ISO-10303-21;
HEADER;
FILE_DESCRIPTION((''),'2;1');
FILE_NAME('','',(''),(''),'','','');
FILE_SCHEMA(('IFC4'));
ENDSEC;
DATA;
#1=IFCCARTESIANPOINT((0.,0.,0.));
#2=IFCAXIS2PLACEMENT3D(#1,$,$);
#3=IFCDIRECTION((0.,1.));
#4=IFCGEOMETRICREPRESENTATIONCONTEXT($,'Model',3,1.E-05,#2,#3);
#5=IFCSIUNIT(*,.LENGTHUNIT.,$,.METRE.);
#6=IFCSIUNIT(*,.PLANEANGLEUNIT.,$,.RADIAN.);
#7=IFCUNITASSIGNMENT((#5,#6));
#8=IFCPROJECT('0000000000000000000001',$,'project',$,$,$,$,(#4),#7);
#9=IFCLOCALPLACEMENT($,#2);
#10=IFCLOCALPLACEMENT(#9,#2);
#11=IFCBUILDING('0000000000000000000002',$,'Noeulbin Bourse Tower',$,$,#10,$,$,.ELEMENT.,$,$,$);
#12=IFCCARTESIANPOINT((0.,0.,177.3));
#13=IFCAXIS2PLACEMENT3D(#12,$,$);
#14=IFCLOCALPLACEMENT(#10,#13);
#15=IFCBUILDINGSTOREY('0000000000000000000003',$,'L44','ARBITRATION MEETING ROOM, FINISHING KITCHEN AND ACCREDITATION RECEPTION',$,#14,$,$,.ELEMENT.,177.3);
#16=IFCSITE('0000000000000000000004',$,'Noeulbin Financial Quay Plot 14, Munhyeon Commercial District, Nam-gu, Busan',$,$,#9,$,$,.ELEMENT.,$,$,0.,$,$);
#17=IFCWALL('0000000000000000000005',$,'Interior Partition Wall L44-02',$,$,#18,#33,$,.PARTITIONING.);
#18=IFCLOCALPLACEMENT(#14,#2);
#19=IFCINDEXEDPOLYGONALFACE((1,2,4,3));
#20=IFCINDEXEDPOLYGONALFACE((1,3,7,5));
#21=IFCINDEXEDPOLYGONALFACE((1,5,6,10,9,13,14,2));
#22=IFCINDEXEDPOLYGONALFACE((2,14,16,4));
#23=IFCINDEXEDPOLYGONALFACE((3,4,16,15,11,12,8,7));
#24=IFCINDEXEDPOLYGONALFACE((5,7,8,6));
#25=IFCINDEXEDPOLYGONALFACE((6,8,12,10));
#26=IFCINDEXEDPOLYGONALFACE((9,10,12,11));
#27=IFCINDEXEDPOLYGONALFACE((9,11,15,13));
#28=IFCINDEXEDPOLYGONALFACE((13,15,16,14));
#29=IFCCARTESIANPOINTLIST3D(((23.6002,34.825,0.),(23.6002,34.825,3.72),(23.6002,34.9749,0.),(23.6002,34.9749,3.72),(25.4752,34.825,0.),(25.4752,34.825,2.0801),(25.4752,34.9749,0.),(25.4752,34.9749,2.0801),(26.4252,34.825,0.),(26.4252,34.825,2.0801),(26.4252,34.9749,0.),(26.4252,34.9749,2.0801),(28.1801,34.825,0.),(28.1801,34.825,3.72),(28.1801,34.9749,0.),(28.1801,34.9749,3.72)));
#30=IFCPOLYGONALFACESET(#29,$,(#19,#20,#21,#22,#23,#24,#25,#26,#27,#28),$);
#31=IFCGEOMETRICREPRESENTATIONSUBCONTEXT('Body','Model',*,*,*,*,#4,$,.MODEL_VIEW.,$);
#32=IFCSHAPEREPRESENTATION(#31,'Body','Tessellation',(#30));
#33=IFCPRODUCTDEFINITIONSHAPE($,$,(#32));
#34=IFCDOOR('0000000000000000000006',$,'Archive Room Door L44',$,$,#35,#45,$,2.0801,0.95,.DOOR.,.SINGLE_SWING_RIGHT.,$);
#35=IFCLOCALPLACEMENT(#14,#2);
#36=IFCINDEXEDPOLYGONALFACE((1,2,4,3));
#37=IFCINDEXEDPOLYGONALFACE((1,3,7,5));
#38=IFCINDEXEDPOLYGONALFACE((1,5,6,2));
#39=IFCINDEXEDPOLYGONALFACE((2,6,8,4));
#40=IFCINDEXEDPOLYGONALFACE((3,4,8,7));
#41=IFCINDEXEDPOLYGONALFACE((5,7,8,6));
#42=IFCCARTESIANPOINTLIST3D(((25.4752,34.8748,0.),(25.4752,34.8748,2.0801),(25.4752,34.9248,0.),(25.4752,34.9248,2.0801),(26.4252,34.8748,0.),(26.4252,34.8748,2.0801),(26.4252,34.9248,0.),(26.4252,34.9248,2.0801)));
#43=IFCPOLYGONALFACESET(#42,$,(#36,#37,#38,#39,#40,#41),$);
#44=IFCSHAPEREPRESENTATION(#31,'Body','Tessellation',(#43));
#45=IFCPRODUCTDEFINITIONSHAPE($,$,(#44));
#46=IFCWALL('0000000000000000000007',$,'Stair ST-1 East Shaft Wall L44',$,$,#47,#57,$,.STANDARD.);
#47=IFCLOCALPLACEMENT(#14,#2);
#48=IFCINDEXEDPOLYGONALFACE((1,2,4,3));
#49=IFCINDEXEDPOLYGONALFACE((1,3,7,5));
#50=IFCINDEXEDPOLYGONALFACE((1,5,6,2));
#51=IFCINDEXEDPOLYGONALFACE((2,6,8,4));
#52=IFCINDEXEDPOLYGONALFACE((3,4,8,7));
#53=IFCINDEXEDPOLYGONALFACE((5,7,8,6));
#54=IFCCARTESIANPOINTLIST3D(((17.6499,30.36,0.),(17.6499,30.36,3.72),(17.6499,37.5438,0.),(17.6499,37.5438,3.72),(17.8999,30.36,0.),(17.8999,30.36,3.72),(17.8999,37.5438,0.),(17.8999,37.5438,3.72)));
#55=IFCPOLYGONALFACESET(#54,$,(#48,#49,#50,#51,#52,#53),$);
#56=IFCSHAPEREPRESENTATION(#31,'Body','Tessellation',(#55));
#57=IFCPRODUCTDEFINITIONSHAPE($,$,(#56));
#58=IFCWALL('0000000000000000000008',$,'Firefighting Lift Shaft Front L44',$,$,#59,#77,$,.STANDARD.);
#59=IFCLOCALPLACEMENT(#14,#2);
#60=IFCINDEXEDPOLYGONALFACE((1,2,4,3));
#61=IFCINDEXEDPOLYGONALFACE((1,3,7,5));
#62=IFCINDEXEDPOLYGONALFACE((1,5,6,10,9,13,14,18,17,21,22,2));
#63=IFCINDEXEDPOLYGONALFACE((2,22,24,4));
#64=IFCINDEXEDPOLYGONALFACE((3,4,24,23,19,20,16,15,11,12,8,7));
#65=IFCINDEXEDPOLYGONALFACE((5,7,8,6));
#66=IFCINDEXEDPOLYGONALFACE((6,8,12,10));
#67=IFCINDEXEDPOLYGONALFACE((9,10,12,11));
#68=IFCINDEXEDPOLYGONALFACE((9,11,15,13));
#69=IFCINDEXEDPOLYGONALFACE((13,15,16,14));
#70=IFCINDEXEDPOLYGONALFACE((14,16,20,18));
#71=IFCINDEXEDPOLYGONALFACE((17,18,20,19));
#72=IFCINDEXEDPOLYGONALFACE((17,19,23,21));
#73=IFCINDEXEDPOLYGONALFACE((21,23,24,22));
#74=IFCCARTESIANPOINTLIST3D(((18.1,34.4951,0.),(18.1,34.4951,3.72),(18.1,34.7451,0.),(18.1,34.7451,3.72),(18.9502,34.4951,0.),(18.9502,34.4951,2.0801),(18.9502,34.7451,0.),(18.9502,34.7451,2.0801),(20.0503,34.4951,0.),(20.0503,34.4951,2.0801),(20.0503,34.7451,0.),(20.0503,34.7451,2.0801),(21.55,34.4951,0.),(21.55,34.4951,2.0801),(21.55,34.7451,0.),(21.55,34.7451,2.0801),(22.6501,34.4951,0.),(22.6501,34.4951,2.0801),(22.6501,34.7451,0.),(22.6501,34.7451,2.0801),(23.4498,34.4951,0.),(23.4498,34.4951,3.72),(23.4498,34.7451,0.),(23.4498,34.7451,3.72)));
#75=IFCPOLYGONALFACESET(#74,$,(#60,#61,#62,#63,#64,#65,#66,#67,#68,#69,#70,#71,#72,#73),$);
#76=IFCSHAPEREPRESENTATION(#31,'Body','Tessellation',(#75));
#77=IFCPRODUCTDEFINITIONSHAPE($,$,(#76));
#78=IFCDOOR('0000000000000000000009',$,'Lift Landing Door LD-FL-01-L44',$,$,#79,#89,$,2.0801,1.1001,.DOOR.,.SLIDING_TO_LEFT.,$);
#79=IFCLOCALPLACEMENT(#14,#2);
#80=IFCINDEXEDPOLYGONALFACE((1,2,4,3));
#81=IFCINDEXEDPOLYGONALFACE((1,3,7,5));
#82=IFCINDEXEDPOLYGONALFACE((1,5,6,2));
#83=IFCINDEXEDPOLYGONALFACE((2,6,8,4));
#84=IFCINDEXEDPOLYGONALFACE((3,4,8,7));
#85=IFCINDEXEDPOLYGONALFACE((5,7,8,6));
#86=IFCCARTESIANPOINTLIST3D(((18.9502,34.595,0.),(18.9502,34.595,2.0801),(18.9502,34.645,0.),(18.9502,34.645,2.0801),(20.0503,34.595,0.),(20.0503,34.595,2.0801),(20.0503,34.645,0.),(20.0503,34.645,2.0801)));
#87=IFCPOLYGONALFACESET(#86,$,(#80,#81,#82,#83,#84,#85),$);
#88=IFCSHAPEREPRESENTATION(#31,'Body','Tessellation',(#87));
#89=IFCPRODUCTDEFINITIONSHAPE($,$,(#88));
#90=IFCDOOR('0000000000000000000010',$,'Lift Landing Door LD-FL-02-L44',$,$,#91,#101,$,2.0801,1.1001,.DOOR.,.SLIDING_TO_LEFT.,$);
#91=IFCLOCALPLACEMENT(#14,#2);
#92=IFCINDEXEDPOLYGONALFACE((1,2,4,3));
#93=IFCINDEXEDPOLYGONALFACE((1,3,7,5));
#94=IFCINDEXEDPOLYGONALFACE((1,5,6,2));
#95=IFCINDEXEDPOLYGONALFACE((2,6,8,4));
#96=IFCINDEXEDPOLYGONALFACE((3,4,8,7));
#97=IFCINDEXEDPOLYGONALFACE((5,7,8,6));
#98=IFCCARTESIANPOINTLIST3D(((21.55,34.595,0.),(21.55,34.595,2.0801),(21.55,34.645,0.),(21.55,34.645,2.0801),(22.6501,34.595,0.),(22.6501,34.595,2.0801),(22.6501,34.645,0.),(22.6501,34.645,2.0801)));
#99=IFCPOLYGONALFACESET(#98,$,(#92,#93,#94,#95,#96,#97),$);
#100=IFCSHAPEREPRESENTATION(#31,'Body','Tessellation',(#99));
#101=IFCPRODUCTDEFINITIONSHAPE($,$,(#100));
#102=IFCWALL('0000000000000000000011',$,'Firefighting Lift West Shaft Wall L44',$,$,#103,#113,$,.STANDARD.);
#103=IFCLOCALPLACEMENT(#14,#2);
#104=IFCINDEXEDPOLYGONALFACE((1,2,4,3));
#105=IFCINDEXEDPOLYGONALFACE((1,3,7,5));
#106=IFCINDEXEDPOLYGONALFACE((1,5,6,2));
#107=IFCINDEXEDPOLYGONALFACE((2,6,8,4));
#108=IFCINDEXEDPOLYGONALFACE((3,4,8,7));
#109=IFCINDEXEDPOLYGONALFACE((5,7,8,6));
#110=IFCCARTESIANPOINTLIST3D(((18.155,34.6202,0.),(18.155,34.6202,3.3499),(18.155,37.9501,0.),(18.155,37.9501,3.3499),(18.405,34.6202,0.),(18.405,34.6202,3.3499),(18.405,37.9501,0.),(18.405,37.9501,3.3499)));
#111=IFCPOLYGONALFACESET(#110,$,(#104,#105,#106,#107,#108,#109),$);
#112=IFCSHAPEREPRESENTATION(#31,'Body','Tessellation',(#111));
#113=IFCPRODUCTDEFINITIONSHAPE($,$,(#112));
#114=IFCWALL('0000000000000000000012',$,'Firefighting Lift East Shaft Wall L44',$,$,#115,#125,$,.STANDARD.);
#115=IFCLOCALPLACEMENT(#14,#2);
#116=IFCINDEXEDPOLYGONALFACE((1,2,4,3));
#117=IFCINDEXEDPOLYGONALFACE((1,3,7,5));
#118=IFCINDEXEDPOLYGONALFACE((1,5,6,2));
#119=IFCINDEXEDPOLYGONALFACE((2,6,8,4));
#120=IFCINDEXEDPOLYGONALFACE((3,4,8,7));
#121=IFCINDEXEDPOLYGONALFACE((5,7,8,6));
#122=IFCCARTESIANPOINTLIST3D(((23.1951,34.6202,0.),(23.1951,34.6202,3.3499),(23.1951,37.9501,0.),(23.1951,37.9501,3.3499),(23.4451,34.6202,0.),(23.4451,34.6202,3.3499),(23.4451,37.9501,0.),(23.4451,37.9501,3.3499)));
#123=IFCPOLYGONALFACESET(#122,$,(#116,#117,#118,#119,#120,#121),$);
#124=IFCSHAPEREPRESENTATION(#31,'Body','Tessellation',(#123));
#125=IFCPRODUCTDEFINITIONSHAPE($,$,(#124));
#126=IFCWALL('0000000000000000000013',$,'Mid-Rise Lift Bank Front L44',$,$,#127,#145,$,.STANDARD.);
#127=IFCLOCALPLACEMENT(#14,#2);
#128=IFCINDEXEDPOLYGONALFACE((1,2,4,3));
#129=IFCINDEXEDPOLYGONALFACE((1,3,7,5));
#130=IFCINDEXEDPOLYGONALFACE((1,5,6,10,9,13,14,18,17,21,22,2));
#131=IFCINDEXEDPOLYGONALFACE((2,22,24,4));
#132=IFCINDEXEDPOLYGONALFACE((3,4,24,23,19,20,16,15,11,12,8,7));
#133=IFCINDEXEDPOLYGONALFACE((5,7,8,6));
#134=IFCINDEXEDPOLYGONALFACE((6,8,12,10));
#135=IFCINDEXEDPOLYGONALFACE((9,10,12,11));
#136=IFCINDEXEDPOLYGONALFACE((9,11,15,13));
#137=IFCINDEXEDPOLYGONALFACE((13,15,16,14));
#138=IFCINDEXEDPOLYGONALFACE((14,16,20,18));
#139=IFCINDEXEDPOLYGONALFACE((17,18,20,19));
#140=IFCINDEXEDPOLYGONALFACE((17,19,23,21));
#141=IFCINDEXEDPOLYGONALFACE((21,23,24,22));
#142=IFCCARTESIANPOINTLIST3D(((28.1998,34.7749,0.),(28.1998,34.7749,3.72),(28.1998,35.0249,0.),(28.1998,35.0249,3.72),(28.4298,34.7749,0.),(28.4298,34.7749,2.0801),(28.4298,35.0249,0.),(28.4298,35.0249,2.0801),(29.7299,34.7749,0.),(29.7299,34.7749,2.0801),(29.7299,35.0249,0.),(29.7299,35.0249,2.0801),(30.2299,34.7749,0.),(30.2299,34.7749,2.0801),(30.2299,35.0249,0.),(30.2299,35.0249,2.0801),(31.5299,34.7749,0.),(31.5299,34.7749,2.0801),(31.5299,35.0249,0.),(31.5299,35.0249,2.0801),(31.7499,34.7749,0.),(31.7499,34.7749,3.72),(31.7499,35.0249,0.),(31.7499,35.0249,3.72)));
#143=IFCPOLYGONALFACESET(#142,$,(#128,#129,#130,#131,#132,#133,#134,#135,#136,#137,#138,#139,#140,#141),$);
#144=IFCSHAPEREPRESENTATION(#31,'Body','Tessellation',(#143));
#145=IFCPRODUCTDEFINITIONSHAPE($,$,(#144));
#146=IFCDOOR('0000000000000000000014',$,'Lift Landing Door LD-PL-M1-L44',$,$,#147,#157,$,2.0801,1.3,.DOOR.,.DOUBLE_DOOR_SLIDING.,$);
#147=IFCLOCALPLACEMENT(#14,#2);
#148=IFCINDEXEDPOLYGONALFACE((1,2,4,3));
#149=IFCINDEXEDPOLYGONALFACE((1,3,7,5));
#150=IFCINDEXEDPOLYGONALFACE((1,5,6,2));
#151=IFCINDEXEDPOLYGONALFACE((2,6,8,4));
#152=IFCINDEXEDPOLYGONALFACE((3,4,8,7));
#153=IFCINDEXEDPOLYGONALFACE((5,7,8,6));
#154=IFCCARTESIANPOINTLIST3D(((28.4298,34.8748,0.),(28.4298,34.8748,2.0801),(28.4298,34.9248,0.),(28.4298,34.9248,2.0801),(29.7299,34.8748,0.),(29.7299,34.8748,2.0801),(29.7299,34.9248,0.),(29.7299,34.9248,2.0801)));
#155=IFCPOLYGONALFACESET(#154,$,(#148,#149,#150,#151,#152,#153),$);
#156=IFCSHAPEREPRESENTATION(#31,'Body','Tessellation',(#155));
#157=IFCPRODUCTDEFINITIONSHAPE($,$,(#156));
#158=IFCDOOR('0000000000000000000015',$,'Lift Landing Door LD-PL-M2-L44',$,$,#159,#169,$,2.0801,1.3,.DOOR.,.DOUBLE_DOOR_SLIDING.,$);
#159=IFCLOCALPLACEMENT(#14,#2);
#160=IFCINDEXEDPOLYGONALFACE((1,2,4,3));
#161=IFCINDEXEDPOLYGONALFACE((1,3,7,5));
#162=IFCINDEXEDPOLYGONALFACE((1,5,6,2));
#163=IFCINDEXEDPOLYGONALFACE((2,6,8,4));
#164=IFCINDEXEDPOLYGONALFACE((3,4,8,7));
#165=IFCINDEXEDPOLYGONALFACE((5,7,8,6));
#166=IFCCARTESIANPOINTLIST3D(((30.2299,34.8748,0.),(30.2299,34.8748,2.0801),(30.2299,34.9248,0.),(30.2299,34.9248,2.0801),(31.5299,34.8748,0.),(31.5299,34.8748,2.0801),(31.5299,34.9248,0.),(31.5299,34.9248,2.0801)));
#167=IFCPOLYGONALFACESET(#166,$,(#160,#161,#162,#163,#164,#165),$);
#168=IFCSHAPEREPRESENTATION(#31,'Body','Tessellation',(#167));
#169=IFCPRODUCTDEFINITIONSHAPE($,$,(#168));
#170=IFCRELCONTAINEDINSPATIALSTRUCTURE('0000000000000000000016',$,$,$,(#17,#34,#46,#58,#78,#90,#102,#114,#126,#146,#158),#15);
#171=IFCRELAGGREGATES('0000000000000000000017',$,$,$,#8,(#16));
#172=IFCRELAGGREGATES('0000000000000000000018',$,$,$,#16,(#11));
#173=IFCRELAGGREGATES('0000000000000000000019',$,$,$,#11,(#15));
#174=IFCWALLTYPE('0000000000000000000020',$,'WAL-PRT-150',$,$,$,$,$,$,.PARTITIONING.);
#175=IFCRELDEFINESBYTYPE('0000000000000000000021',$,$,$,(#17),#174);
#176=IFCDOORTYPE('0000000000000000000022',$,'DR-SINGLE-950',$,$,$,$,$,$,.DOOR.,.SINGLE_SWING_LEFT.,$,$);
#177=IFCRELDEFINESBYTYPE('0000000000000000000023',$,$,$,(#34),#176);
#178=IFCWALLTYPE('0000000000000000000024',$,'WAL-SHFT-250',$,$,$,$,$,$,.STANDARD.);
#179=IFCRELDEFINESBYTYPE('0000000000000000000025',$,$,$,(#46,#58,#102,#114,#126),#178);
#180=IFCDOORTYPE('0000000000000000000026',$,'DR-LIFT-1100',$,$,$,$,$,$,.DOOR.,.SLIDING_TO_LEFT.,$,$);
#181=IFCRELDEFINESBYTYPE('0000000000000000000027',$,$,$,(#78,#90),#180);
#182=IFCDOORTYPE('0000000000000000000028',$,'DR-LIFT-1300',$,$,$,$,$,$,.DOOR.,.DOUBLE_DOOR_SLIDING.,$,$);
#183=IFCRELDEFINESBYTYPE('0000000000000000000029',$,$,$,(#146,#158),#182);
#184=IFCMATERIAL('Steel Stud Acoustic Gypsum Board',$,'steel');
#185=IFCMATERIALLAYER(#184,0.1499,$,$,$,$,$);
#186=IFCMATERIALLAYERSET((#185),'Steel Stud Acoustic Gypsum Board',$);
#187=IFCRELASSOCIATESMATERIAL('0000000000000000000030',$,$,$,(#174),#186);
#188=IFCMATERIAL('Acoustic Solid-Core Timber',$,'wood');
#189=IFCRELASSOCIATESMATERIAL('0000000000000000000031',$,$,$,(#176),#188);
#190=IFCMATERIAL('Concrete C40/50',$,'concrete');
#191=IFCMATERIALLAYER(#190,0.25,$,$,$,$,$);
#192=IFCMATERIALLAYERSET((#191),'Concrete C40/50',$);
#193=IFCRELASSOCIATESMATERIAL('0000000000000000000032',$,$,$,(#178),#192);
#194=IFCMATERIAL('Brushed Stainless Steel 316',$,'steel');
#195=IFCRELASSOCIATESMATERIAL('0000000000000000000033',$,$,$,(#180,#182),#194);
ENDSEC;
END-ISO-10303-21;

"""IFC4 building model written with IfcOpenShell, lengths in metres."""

from ifc_helpers import new_model, si_unit, direction, frame, frame_2d, origin, place, context, subcontext, project, spatial, rectangle, extrude, material, layer, layer_set, type_object, element, fill, save


model = new_model("IFC4")

# Units and contexts
model_context = context("Model", 3, precision=1e-05, world=origin(), true_north=direction((0.0, 1.0)))
body_context = subcontext(model_context, "Body", "Model", "MODEL_VIEW")
ifc_project = project(units=[si_unit("LENGTHUNIT", "METRE"), si_unit("PLANEANGLEUNIT", "RADIAN")], contexts=[model_context])

# Site, building, storey
site_placement = place(None, origin())
site = spatial("IfcSite", under=ifc_project, at=site_placement, Name="Noeulbin Financial Quay Plot 14, Munhyeon Commercial District, Nam-gu, Busan", CompositionType="ELEMENT", RefElevation=0.0)
building_placement = place(site_placement, origin())
building = spatial("IfcBuilding", under=site, at=building_placement, Name="Noeulbin Bourse Tower", CompositionType="ELEMENT")
storey_placement = place(building_placement, frame((0.0, 0.0, 177.3)))
storey = spatial("IfcBuildingStorey", under=building, at=storey_placement, Name="L44", Description="ARBITRATION MEETING ROOM, FINISHING KITCHEN AND ACCREDITATION RECEPTION", CompositionType="ELEMENT", Elevation=177.3)

# Shared definitions
ifc_material_1 = material(Name="Concrete C40/50", Category="concrete")

# Wall, opening, door
ifc_material_2 = material(Name="Steel Stud Acoustic Gypsum Board", Category="steel")
ifc_layer_1 = layer(ifc_material_2, 0.1499)
ifc_layer_set_1 = layer_set([ifc_layer_1], Name="Steel Stud Acoustic Gypsum Board")
wall_type_1 = type_object("IfcWallType", Name="WAL-PRT-150", PredefinedType="PARTITIONING", material=ifc_layer_set_1)
wall_1_placement = place(storey_placement, frame((23.6001, 34.8999, 0.0), z_axis=(0.0, 0.0, 1.0), x_axis=(1.0, 0.0, 0.0)))
wall_1 = element("IfcWall", 1, at=wall_1_placement, inside=storey, type_object=wall_type_1, Name="Interior Partition Wall L44-02", PredefinedType="PARTITIONING", context=body_context, shape_type="SweptSolid", body=[
    extrude(rectangle(XDim=4.5798, YDim=0.1499, at=frame_2d((2.29, 0.0))), origin(), (0.0, 0.0, 1.0), 3.72),
])
opening_1_placement = place(wall_1_placement, frame((1.875, 0.0, 0.0)))
opening_1 = element("IfcOpeningElement", 2, at=opening_1_placement, cuts=wall_1, PredefinedType="OPENING", context=body_context, shape_type="SweptSolid", body=[
    extrude(rectangle(XDim=0.95, YDim=2.0801, at=frame_2d((0.4751, 1.04))), frame((0.0, 0.085, 0.0), z_axis=(0.0, -1.0, 0.0), x_axis=(1.0, 0.0, 0.0)), (0.0, 0.0, 1.0), 0.1699),
])
ifc_material_3 = material(Name="Acoustic Solid-Core Timber", Category="wood")
door_type_1 = type_object("IfcDoorType", Name="DR-SINGLE-950", OperationType="SINGLE_SWING_LEFT", PredefinedType="DOOR", material=ifc_material_3)
door_1_placement = place(opening_1_placement, origin())
door_1 = element("IfcDoor", 3, at=door_1_placement, inside=storey, type_object=door_type_1, Name="Archive Room Door L44", OperationType="SINGLE_SWING_RIGHT", OverallHeight=2.0801, OverallWidth=0.95, PredefinedType="DOOR", context=body_context, shape_type="SweptSolid", body=[
    extrude(rectangle(XDim=0.95, YDim=2.0801, at=frame_2d((0.4751, 1.04))), frame((0.0, 0.0249, 0.0), z_axis=(0.0, -1.0, 0.0), x_axis=(1.0, 0.0, 0.0)), (0.0, 0.0, 1.0), 0.05),
])
fill(opening_1, door_1)

# Wall
ifc_layer_2 = layer(ifc_material_1, 0.25)
ifc_layer_set_2 = layer_set([ifc_layer_2], Name="Concrete C40/50")
wall_type_2 = type_object("IfcWallType", Name="WAL-SHFT-250", PredefinedType="STANDARD", material=ifc_layer_set_2)
wall_2_placement = place(storey_placement, frame((17.7749, 30.3601, 0.0), z_axis=(0.0, 0.0, 1.0), x_axis=(0.0, 1.0, 0.0)))
element("IfcWall", 4, at=wall_2_placement, inside=storey, type_object=wall_type_2, Name="Stair ST-1 East Shaft Wall L44", PredefinedType="STANDARD", context=body_context, shape_type="SweptSolid", body=[
    extrude(rectangle(XDim=7.1838, YDim=0.25, at=frame_2d((3.5918, 0.0))), origin(), (0.0, 0.0, 1.0), 3.72),
])

# Wall, openings, doors
wall_3_placement = place(storey_placement, frame((18.1001, 34.6201, 0.0), z_axis=(0.0, 0.0, 1.0), x_axis=(1.0, 0.0, 0.0)))
wall_3 = element("IfcWall", 5, at=wall_3_placement, inside=storey, type_object=wall_type_2, Name="Firefighting Lift Shaft Front L44", PredefinedType="STANDARD", context=body_context, shape_type="SweptSolid", body=[
    extrude(rectangle(XDim=5.3499, YDim=0.25, at=frame_2d((2.6748, 0.0))), origin(), (0.0, 0.0, 1.0), 3.72),
])
opening_2_placement = place(wall_3_placement, frame((0.8501, 0.0, 0.0)))
opening_2 = element("IfcOpeningElement", 6, at=opening_2_placement, cuts=wall_3, PredefinedType="OPENING", context=body_context, shape_type="SweptSolid", body=[
    extrude(rectangle(XDim=1.1001, YDim=2.0801, at=frame_2d((0.55, 1.04))), frame((0.0, 0.135, 0.0), z_axis=(0.0, -1.0, 0.0), x_axis=(1.0, 0.0, 0.0)), (0.0, 0.0, 1.0), 0.27),
])
opening_3_placement = place(wall_3_placement, frame((3.45, 0.0, 0.0)))
opening_3 = element("IfcOpeningElement", 7, at=opening_3_placement, cuts=wall_3, PredefinedType="OPENING", context=body_context, shape_type="SweptSolid", body=[
    extrude(rectangle(XDim=1.1001, YDim=2.0801, at=frame_2d((0.55, 1.04))), frame((0.0, 0.135, 0.0), z_axis=(0.0, -1.0, 0.0), x_axis=(1.0, 0.0, 0.0)), (0.0, 0.0, 1.0), 0.27),
])
ifc_material_4 = material(Name="Brushed Stainless Steel 316", Category="steel")
door_type_2 = type_object("IfcDoorType", Name="DR-LIFT-1100", OperationType="SLIDING_TO_LEFT", PredefinedType="DOOR", material=ifc_material_4)
door_2_placement = place(opening_2_placement, origin())
door_2 = element("IfcDoor", 8, at=door_2_placement, inside=storey, type_object=door_type_2, Name="Lift Landing Door LD-FL-01-L44", OperationType="SLIDING_TO_LEFT", OverallHeight=2.0801, OverallWidth=1.1001, PredefinedType="DOOR", context=body_context, shape_type="SweptSolid", body=[
    extrude(rectangle(XDim=1.1001, YDim=2.0801, at=frame_2d((0.55, 1.04))), frame((0.0, 0.0249, 0.0), z_axis=(0.0, -1.0, 0.0), x_axis=(1.0, 0.0, 0.0)), (0.0, 0.0, 1.0), 0.05),
])
fill(opening_2, door_2)
door_3_placement = place(opening_3_placement, origin())
door_3 = element("IfcDoor", 9, at=door_3_placement, inside=storey, type_object=door_type_2, Name="Lift Landing Door LD-FL-02-L44", OperationType="SLIDING_TO_LEFT", OverallHeight=2.0801, OverallWidth=1.1001, PredefinedType="DOOR", context=body_context, shape_type="SweptSolid", body=[
    extrude(rectangle(XDim=1.1001, YDim=2.0801, at=frame_2d((0.55, 1.04))), frame((0.0, 0.0249, 0.0), z_axis=(0.0, -1.0, 0.0), x_axis=(1.0, 0.0, 0.0)), (0.0, 0.0, 1.0), 0.05),
])
fill(opening_3, door_3)

# Walls
for number, where, z_axis, x_axis, name in (
    (10, (18.28, 34.6201, 0.0), (0.0, 0.0, 1.0), (0.0, 1.0, 0.0), "Firefighting Lift West Shaft Wall L44"),
    (11, (23.3201, 34.6201, 0.0), (0.0, 0.0, 1.0), (0.0, 1.0, 0.0), "Firefighting Lift East Shaft Wall L44"),
):
    element("IfcWall", number, at=place(storey_placement, frame(where, z_axis=z_axis, x_axis=x_axis)), inside=storey, type_object=wall_type_2, Name=name, PredefinedType="STANDARD", context=body_context, shape_type="SweptSolid", body=[
        extrude(rectangle(XDim=3.3298, YDim=0.25, at=frame_2d((1.665, 0.0))), origin(), (0.0, 0.0, 1.0), 3.3499),
    ])

# Wall, openings, doors
wall_4_placement = place(storey_placement, frame((28.2, 34.8999, 0.0), z_axis=(0.0, 0.0, 1.0), x_axis=(1.0, 0.0, 0.0)))
wall_4 = element("IfcWall", 12, at=wall_4_placement, inside=storey, type_object=wall_type_2, Name="Mid-Rise Lift Bank Front L44", PredefinedType="STANDARD", context=body_context, shape_type="SweptSolid", body=[
    extrude(rectangle(XDim=3.55, YDim=0.25, at=frame_2d((1.7749, 0.0))), origin(), (0.0, 0.0, 1.0), 3.72),
])
opening_4_placement = place(wall_4_placement, frame((0.23, 0.0, 0.0)))
opening_4 = element("IfcOpeningElement", 13, at=opening_4_placement, cuts=wall_4, PredefinedType="OPENING", context=body_context, shape_type="SweptSolid", body=[
    extrude(rectangle(XDim=1.3, YDim=2.0801, at=frame_2d((0.6499, 1.04))), frame((0.0, 0.135, 0.0), z_axis=(0.0, -1.0, 0.0), x_axis=(1.0, 0.0, 0.0)), (0.0, 0.0, 1.0), 0.27),
])
opening_5_placement = place(wall_4_placement, frame((2.03, 0.0, 0.0)))
opening_5 = element("IfcOpeningElement", 14, at=opening_5_placement, cuts=wall_4, PredefinedType="OPENING", context=body_context, shape_type="SweptSolid", body=[
    extrude(rectangle(XDim=1.3, YDim=2.0801, at=frame_2d((0.6499, 1.04))), frame((0.0, 0.135, 0.0), z_axis=(0.0, -1.0, 0.0), x_axis=(1.0, 0.0, 0.0)), (0.0, 0.0, 1.0), 0.27),
])
door_type_3 = type_object("IfcDoorType", Name="DR-LIFT-1300", OperationType="DOUBLE_DOOR_SLIDING", PredefinedType="DOOR", material=ifc_material_4)
door_4_placement = place(opening_4_placement, origin())
door_4 = element("IfcDoor", 15, at=door_4_placement, inside=storey, type_object=door_type_3, Name="Lift Landing Door LD-PL-M1-L44", OperationType="DOUBLE_DOOR_SLIDING", OverallHeight=2.0801, OverallWidth=1.3, PredefinedType="DOOR", context=body_context, shape_type="SweptSolid", body=[
    extrude(rectangle(XDim=1.3, YDim=2.0801, at=frame_2d((0.6499, 1.04))), frame((0.0, 0.0249, 0.0), z_axis=(0.0, -1.0, 0.0), x_axis=(1.0, 0.0, 0.0)), (0.0, 0.0, 1.0), 0.05),
])
fill(opening_4, door_4)
door_5_placement = place(opening_5_placement, origin())
door_5 = element("IfcDoor", 16, at=door_5_placement, inside=storey, type_object=door_type_3, Name="Lift Landing Door LD-PL-M2-L44", OperationType="DOUBLE_DOOR_SLIDING", OverallHeight=2.0801, OverallWidth=1.3, PredefinedType="DOOR", context=body_context, shape_type="SweptSolid", body=[
    extrude(rectangle(XDim=1.3, YDim=2.0801, at=frame_2d((0.6499, 1.04))), frame((0.0, 0.0249, 0.0), z_axis=(0.0, -1.0, 0.0), x_axis=(1.0, 0.0, 0.0)), (0.0, 0.0, 1.0), 0.05),
])
fill(opening_5, door_5)

save(model, "model.ifc")
